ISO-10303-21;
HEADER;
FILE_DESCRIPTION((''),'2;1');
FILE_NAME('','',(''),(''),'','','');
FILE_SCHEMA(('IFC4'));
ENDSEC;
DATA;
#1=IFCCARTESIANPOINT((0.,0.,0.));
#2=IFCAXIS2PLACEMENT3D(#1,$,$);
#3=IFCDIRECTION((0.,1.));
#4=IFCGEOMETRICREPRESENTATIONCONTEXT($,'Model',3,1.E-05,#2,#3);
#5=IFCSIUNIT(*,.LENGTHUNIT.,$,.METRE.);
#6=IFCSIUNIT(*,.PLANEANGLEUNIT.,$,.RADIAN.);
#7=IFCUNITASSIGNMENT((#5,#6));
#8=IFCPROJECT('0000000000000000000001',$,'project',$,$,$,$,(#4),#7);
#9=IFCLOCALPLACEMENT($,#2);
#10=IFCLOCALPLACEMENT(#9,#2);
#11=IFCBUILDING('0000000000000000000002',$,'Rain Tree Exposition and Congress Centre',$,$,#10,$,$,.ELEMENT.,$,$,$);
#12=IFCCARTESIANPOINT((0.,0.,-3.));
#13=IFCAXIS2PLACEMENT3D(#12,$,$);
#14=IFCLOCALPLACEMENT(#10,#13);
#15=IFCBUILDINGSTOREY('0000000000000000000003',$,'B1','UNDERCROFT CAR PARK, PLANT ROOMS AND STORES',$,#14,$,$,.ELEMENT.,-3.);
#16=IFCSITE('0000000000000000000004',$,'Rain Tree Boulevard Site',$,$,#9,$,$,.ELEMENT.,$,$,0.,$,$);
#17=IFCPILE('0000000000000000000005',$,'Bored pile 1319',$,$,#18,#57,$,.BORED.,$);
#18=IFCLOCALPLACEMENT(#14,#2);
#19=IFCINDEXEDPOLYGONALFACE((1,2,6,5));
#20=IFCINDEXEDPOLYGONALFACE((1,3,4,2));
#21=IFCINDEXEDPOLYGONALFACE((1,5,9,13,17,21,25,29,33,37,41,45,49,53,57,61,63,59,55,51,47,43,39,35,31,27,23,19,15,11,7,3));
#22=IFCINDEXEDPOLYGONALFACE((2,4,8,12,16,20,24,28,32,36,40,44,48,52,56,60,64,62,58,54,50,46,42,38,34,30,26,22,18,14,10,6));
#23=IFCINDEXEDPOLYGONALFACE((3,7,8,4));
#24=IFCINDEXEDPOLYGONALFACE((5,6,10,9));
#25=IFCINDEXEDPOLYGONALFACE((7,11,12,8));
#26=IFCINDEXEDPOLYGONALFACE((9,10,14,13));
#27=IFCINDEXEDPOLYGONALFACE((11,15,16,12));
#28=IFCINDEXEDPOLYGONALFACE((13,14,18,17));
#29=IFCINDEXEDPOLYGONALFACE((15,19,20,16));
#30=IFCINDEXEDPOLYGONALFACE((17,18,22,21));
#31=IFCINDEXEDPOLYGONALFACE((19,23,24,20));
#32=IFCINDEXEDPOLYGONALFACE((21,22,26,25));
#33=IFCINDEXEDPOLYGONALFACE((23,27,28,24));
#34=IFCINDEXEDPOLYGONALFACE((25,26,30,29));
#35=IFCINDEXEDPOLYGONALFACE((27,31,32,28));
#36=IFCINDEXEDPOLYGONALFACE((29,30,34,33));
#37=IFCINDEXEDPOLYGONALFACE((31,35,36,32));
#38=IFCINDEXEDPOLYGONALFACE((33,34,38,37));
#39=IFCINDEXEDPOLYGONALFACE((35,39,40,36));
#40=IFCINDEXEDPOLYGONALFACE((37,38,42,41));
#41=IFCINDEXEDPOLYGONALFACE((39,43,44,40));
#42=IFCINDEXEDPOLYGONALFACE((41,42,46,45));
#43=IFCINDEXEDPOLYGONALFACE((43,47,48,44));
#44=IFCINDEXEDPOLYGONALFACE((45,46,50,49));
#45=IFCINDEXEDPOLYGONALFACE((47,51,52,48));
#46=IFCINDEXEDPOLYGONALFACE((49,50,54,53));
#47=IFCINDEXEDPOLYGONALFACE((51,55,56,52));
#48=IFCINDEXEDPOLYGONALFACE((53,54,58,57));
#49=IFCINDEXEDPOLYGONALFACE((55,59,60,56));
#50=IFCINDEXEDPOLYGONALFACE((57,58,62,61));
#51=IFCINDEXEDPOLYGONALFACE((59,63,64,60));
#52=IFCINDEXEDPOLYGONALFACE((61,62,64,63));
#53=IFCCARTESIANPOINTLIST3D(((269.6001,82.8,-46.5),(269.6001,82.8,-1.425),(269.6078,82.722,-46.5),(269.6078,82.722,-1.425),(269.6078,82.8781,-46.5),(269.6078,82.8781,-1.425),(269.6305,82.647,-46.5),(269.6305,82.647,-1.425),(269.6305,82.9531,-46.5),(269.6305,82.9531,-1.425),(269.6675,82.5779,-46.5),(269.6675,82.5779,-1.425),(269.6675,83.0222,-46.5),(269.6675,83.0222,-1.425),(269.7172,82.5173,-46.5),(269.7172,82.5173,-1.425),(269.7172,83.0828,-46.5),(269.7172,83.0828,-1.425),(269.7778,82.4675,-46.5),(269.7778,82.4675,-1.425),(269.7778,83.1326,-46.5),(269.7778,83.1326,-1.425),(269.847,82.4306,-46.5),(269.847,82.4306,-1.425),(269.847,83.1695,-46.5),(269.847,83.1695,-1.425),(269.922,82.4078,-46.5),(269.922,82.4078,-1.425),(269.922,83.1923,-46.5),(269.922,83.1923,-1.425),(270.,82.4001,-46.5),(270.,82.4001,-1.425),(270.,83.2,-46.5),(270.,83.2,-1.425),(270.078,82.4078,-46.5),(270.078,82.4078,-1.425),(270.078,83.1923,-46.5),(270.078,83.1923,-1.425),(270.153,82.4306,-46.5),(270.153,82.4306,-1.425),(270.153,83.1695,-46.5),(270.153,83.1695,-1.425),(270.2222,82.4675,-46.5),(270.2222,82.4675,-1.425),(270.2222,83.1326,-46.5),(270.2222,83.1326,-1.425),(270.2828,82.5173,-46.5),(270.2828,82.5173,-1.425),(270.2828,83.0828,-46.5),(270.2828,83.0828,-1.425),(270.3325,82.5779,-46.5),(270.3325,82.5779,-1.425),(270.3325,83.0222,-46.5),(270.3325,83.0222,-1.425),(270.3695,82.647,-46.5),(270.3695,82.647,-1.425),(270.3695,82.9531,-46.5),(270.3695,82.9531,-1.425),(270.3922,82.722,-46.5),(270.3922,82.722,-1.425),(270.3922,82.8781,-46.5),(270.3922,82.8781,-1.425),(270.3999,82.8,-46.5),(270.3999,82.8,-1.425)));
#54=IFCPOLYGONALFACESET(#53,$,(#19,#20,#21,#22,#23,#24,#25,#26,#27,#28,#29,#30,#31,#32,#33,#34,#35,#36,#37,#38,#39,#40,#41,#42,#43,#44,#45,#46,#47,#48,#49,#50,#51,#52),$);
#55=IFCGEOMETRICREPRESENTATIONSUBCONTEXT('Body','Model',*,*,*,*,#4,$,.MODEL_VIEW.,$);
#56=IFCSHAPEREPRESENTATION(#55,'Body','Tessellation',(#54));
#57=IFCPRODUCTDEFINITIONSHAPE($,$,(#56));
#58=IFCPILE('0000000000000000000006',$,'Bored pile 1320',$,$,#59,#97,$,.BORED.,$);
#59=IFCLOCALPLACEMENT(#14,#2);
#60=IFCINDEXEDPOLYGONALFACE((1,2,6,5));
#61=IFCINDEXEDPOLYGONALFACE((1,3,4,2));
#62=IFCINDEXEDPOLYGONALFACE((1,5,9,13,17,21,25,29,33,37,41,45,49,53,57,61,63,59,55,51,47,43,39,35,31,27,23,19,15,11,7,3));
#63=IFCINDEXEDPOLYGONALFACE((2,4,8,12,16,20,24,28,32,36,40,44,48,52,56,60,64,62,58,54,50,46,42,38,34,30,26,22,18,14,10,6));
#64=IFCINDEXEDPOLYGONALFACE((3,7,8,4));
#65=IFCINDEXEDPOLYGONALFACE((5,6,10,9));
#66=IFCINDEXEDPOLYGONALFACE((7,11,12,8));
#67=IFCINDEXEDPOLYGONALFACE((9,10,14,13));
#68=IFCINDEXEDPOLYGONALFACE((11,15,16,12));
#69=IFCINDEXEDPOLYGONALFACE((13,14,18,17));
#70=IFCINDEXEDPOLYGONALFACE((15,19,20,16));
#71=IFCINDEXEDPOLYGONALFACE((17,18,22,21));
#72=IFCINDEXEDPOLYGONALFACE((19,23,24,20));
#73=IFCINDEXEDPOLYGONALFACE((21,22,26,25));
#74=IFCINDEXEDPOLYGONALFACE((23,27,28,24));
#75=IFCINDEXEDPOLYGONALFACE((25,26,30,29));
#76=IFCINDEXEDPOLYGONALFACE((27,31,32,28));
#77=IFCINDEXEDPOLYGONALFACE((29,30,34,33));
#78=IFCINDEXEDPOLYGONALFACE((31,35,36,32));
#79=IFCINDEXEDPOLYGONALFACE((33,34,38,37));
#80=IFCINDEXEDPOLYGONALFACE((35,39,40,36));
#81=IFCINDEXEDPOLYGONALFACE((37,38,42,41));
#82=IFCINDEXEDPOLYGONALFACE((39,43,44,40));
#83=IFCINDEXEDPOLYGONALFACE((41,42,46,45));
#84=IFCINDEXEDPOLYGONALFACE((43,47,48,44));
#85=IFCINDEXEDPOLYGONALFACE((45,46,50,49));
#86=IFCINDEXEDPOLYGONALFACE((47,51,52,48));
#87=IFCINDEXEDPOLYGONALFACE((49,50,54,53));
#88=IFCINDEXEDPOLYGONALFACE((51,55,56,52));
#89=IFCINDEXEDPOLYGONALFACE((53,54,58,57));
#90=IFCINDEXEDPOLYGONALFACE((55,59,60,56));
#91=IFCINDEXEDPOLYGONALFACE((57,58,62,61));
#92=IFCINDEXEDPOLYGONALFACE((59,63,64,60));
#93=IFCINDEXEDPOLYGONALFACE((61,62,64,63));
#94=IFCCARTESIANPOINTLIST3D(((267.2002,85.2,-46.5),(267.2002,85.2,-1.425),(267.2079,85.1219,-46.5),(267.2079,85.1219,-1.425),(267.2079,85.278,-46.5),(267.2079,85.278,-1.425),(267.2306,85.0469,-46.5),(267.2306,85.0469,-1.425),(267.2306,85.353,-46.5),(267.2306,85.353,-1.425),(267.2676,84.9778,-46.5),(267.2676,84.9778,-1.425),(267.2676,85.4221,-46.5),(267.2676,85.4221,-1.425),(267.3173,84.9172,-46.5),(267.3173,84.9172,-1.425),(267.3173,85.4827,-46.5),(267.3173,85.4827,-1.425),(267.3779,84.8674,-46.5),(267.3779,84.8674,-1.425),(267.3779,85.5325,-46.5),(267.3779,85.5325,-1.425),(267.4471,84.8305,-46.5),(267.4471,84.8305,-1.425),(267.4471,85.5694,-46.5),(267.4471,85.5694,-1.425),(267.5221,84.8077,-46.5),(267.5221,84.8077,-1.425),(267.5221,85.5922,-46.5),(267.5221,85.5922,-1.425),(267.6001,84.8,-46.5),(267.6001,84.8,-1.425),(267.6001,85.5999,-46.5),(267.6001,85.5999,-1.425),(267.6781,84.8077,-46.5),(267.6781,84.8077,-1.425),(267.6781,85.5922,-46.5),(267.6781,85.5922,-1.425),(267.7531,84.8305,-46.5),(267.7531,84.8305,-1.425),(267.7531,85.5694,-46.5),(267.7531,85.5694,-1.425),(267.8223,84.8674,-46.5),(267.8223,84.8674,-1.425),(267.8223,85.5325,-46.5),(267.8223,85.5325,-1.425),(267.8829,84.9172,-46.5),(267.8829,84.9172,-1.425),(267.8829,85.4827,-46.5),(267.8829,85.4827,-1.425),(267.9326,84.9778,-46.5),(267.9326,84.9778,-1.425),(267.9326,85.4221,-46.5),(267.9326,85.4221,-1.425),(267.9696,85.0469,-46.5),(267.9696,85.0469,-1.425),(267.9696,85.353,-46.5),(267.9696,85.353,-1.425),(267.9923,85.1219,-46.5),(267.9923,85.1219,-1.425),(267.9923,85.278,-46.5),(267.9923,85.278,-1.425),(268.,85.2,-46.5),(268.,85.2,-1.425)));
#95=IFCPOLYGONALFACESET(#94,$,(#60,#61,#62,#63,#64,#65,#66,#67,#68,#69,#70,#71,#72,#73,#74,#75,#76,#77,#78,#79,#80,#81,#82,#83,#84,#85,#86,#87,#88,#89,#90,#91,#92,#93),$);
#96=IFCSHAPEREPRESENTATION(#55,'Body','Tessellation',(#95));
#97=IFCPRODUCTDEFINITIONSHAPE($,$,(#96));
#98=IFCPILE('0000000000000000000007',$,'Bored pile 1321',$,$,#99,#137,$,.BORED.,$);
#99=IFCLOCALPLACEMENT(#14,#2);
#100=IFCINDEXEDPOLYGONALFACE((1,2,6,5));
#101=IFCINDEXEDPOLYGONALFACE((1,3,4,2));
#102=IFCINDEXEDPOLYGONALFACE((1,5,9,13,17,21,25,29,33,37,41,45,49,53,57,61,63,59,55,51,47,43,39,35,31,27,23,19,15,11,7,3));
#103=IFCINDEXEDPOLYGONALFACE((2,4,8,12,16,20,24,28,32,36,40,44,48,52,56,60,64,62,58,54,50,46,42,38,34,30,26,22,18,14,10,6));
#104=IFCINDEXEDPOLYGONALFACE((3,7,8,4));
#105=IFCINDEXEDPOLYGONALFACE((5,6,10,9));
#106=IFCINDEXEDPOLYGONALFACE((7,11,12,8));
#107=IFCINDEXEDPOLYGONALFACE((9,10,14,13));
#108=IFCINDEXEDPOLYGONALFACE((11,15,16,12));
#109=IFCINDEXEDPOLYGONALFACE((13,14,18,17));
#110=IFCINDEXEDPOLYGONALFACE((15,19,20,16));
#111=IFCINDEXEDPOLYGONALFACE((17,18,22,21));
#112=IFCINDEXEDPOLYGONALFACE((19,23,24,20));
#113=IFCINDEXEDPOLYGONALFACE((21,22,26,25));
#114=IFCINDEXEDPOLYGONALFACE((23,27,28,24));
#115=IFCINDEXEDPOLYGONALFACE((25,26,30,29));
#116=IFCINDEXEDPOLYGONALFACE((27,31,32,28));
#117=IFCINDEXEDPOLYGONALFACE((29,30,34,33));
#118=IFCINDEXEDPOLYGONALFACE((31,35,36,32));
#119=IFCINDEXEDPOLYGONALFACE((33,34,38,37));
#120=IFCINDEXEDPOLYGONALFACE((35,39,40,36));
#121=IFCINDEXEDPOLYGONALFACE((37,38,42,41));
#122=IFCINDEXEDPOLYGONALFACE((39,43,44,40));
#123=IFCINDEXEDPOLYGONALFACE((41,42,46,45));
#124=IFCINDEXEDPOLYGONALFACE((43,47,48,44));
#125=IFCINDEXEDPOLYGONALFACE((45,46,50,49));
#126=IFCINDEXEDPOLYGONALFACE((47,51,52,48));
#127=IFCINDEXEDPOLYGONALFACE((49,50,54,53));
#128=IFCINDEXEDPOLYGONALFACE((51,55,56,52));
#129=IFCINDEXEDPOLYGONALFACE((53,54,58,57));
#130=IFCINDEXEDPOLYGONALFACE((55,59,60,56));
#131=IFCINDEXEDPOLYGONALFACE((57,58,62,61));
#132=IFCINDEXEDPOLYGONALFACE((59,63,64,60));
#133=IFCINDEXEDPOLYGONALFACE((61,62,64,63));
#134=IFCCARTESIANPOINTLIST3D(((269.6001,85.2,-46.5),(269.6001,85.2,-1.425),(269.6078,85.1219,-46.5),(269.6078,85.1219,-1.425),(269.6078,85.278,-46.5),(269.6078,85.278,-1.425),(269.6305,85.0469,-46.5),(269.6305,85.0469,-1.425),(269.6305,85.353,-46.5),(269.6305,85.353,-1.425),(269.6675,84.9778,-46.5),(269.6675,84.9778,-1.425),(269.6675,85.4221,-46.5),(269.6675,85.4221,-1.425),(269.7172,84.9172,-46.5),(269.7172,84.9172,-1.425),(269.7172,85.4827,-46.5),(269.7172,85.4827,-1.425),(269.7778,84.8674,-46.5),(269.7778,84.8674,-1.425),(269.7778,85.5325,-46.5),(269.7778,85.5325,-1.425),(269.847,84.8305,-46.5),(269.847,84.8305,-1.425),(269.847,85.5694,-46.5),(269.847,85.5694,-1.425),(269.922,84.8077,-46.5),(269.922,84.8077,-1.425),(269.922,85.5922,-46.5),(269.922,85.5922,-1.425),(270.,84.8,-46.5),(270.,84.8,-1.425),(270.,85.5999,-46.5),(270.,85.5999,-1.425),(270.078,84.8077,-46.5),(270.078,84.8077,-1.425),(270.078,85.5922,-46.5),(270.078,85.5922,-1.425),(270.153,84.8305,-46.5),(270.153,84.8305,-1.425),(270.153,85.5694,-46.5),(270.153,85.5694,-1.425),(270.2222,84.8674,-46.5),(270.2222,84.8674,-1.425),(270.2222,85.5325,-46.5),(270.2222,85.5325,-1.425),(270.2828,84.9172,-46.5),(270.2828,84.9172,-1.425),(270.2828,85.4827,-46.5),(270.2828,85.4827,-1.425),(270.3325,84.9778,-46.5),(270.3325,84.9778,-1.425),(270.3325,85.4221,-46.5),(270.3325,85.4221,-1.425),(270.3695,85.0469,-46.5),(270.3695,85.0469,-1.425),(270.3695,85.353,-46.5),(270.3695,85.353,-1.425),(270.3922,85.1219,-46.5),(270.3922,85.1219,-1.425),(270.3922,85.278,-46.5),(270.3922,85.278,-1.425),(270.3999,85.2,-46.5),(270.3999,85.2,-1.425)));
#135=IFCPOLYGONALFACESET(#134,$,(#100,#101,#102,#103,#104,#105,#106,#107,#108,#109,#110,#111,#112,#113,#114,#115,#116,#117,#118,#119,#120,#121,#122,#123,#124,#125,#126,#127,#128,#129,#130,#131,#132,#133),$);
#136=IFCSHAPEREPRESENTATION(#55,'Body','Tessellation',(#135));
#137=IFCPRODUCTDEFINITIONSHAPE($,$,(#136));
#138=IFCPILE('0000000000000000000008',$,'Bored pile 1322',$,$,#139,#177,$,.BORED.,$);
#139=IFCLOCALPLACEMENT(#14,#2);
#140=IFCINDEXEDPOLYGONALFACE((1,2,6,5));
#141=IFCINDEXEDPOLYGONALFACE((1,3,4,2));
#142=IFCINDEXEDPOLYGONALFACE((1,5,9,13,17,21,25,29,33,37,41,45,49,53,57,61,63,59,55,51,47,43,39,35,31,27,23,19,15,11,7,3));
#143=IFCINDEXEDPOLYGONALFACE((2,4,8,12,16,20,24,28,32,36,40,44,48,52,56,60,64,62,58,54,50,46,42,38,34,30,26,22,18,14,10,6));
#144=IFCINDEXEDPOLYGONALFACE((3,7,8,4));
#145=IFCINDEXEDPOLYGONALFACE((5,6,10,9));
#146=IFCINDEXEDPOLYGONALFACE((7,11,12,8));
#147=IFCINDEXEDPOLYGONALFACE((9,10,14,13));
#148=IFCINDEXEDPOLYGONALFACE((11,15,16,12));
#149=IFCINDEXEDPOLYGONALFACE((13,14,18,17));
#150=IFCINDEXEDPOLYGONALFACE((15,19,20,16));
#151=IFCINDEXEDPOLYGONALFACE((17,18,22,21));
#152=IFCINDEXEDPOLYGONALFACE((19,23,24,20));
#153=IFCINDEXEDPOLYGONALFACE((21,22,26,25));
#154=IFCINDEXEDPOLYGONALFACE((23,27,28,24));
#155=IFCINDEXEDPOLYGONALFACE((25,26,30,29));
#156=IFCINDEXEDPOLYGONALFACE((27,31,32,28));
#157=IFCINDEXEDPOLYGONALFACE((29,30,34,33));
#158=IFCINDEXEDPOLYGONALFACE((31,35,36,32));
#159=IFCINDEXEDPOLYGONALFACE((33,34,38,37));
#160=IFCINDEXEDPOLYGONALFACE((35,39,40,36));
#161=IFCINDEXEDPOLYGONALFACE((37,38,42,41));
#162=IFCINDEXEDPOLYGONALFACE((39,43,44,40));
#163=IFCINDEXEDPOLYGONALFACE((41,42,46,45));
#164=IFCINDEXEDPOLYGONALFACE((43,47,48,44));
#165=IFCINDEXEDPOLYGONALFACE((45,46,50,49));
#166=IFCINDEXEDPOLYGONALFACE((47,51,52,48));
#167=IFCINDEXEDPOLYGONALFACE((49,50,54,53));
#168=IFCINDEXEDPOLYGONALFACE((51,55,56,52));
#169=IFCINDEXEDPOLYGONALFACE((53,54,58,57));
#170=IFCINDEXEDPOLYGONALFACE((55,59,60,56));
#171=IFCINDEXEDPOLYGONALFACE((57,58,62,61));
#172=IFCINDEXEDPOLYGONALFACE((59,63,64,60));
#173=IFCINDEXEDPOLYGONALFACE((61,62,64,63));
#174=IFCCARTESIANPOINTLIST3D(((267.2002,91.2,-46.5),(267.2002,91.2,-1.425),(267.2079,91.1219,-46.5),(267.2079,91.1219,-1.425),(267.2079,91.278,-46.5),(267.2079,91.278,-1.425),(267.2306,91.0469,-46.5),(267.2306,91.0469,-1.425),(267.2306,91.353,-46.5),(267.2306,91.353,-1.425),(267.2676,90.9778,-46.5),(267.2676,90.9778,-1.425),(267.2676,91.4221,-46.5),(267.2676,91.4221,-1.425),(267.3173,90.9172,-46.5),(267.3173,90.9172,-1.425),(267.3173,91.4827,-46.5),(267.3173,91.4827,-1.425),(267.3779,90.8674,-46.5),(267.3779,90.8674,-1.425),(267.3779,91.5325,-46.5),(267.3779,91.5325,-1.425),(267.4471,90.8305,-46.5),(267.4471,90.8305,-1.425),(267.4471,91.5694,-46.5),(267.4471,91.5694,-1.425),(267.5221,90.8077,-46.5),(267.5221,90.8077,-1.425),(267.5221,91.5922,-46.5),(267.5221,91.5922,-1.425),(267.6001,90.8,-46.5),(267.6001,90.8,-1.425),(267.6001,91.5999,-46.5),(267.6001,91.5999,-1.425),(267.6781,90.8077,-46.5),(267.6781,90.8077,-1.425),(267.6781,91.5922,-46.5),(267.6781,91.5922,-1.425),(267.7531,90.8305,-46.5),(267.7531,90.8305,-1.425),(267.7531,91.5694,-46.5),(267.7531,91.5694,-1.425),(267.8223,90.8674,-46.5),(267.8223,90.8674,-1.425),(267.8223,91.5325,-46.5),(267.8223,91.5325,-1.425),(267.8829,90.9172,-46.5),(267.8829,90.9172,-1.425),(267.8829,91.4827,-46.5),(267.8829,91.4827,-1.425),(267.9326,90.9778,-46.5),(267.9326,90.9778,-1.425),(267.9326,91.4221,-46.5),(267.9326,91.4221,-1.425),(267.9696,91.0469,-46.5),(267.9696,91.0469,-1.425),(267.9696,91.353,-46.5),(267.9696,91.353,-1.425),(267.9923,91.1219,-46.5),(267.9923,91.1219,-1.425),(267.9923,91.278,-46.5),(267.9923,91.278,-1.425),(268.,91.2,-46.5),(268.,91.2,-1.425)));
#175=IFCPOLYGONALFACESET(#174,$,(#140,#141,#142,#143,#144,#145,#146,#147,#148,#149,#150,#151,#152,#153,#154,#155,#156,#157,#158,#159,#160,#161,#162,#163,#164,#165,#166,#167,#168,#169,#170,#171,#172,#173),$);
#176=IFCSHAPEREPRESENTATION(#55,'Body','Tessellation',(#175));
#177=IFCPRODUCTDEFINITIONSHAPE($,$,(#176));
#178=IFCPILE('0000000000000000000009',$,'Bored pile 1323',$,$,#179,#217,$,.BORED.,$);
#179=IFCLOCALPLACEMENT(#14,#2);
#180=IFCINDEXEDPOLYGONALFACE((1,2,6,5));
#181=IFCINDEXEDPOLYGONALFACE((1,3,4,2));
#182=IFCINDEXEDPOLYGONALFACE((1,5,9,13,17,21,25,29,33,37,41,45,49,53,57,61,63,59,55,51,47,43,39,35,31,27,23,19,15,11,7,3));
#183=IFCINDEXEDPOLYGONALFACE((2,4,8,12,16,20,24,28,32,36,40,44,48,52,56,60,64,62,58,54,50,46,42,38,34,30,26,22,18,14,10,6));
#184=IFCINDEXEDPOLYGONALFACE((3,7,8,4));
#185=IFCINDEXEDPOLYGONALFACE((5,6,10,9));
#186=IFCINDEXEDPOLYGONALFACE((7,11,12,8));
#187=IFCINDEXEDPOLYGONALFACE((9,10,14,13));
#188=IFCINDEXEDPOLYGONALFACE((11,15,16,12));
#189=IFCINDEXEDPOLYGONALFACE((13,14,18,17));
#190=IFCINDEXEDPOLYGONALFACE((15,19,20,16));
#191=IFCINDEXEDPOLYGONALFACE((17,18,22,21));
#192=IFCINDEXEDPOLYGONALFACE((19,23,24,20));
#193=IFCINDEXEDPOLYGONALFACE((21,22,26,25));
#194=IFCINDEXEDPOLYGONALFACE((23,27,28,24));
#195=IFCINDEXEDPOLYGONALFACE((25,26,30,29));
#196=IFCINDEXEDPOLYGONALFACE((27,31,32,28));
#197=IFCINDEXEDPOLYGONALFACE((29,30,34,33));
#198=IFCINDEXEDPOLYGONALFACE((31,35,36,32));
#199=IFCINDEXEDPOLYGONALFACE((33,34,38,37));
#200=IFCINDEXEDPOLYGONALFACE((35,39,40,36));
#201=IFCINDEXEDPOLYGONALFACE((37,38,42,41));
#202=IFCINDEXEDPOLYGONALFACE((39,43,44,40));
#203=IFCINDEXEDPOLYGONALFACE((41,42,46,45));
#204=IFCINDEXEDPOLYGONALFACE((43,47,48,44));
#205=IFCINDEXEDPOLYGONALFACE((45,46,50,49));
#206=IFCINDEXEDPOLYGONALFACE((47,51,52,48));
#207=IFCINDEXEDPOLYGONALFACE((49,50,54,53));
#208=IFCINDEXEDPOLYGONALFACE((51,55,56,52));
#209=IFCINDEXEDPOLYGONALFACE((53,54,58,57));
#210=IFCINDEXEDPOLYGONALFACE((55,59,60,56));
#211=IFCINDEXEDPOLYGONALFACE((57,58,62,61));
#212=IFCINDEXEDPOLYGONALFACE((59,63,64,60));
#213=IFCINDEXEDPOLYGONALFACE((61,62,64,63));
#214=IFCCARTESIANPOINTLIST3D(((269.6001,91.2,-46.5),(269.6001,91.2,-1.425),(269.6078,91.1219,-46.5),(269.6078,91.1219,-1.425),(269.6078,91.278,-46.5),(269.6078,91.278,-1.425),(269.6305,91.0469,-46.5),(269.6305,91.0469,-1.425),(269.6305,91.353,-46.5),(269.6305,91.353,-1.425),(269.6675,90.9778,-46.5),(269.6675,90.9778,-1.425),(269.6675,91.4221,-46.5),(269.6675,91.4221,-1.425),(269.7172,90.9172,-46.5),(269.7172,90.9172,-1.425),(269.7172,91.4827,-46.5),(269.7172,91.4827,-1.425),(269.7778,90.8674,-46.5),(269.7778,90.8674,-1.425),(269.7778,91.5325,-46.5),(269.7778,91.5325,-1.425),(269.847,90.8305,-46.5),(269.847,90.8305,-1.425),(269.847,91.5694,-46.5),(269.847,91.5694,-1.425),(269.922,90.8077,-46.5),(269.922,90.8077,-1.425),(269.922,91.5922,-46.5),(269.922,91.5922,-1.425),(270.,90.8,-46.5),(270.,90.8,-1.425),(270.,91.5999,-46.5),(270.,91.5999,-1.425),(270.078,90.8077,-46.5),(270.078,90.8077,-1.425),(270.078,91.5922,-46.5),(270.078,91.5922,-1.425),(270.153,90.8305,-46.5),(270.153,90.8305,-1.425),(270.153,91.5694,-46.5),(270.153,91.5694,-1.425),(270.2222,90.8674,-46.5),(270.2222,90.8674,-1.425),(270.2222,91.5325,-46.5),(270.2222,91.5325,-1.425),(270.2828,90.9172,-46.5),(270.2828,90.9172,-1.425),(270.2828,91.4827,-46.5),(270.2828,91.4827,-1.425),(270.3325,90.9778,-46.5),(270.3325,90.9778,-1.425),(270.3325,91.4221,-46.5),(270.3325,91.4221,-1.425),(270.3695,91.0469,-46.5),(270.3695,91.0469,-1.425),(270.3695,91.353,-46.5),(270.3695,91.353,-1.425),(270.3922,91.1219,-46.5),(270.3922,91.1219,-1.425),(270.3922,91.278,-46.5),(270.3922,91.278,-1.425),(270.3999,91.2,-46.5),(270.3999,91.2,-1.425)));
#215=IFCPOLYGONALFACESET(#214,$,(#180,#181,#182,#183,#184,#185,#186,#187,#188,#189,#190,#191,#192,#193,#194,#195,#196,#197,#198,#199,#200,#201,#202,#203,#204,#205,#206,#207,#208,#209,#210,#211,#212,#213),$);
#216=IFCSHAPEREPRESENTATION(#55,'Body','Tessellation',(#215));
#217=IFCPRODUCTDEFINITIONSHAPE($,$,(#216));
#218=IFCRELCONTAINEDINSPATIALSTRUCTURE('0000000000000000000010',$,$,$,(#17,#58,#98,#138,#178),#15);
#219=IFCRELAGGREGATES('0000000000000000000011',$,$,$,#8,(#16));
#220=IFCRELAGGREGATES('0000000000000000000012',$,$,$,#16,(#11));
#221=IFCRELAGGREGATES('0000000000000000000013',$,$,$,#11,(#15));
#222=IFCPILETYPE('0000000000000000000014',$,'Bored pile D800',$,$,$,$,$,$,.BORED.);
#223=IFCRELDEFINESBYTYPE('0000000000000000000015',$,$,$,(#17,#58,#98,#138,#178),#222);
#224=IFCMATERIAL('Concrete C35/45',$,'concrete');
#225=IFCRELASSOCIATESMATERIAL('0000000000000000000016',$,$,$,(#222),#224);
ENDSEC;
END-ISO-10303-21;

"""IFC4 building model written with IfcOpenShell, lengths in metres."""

from ifc_helpers import new_model, si_unit, direction, frame, origin, origin_2d, place, context, subcontext, project, spatial, circle, extrude, material, material_profile, profile_set, type_object, element, save


model = new_model("IFC4")

# Units and contexts
model_context = context("Model", 3, precision=1e-05, world=origin(), true_north=direction((0.0, 1.0)))
body_context = subcontext(model_context, "Body", "Model", "MODEL_VIEW")
ifc_project = project(units=[si_unit("LENGTHUNIT", "METRE"), si_unit("PLANEANGLEUNIT", "RADIAN")], contexts=[model_context])

# Site, building, storey
site_placement = place(None, origin())
site = spatial("IfcSite", under=ifc_project, at=site_placement, Name="Rain Tree Boulevard Site", CompositionType="ELEMENT", RefElevation=0.0)
building_placement = place(site_placement, origin())
building = spatial("IfcBuilding", under=site, at=building_placement, Name="Rain Tree Exposition and Congress Centre", CompositionType="ELEMENT")
storey_placement = place(building_placement, frame((0.0, 0.0, -3.0)))
storey = spatial("IfcBuildingStorey", under=building, at=storey_placement, Name="B1", Description="UNDERCROFT CAR PARK, PLANT ROOMS AND STORES", CompositionType="ELEMENT", Elevation=-3.0)

# Piles
ifc_material_1 = material(Name="Concrete C35/45", Category="concrete")
ifc_material_profile_1 = material_profile(ifc_material_1, circle(Radius=0.3999, at=origin_2d()), Name="D800")
ifc_profile_set_1 = profile_set([ifc_material_profile_1], Name="Concrete C35/45")
pile_type_1 = type_object("IfcPileType", Name="Bored pile D800", PredefinedType="BORED", material=ifc_profile_set_1)
for number, where, z_axis, x_axis, name in (
    (1, (270.0, 82.8, -1.425), (0.0, 0.0, -1.0), (1.0, 0.0, 0.0), "Bored pile 1319"),
    (2, (267.6001, 85.2, -1.425), (0.0, 0.0, -1.0), (1.0, 0.0, 0.0), "Bored pile 1320"),
    (3, (270.0, 85.2, -1.425), (0.0, 0.0, -1.0), (1.0, 0.0, 0.0), "Bored pile 1321"),
    (4, (267.6001, 91.2, -1.425), (0.0, 0.0, -1.0), (1.0, 0.0, 0.0), "Bored pile 1322"),
    (5, (270.0, 91.2, -1.425), (0.0, 0.0, -1.0), (1.0, 0.0, 0.0), "Bored pile 1323"),
):
    element("IfcPile", number, at=place(storey_placement, frame(where, z_axis=z_axis, x_axis=x_axis)), inside=storey, type_object=pile_type_1, Name=name, PredefinedType="BORED", context=body_context, shape_type="SweptSolid", body=[
        extrude(circle(Radius=0.3999, at=origin_2d()), origin(), (0.0, 0.0, 1.0), 45.075),
    ])

save(model, "model.ifc")
